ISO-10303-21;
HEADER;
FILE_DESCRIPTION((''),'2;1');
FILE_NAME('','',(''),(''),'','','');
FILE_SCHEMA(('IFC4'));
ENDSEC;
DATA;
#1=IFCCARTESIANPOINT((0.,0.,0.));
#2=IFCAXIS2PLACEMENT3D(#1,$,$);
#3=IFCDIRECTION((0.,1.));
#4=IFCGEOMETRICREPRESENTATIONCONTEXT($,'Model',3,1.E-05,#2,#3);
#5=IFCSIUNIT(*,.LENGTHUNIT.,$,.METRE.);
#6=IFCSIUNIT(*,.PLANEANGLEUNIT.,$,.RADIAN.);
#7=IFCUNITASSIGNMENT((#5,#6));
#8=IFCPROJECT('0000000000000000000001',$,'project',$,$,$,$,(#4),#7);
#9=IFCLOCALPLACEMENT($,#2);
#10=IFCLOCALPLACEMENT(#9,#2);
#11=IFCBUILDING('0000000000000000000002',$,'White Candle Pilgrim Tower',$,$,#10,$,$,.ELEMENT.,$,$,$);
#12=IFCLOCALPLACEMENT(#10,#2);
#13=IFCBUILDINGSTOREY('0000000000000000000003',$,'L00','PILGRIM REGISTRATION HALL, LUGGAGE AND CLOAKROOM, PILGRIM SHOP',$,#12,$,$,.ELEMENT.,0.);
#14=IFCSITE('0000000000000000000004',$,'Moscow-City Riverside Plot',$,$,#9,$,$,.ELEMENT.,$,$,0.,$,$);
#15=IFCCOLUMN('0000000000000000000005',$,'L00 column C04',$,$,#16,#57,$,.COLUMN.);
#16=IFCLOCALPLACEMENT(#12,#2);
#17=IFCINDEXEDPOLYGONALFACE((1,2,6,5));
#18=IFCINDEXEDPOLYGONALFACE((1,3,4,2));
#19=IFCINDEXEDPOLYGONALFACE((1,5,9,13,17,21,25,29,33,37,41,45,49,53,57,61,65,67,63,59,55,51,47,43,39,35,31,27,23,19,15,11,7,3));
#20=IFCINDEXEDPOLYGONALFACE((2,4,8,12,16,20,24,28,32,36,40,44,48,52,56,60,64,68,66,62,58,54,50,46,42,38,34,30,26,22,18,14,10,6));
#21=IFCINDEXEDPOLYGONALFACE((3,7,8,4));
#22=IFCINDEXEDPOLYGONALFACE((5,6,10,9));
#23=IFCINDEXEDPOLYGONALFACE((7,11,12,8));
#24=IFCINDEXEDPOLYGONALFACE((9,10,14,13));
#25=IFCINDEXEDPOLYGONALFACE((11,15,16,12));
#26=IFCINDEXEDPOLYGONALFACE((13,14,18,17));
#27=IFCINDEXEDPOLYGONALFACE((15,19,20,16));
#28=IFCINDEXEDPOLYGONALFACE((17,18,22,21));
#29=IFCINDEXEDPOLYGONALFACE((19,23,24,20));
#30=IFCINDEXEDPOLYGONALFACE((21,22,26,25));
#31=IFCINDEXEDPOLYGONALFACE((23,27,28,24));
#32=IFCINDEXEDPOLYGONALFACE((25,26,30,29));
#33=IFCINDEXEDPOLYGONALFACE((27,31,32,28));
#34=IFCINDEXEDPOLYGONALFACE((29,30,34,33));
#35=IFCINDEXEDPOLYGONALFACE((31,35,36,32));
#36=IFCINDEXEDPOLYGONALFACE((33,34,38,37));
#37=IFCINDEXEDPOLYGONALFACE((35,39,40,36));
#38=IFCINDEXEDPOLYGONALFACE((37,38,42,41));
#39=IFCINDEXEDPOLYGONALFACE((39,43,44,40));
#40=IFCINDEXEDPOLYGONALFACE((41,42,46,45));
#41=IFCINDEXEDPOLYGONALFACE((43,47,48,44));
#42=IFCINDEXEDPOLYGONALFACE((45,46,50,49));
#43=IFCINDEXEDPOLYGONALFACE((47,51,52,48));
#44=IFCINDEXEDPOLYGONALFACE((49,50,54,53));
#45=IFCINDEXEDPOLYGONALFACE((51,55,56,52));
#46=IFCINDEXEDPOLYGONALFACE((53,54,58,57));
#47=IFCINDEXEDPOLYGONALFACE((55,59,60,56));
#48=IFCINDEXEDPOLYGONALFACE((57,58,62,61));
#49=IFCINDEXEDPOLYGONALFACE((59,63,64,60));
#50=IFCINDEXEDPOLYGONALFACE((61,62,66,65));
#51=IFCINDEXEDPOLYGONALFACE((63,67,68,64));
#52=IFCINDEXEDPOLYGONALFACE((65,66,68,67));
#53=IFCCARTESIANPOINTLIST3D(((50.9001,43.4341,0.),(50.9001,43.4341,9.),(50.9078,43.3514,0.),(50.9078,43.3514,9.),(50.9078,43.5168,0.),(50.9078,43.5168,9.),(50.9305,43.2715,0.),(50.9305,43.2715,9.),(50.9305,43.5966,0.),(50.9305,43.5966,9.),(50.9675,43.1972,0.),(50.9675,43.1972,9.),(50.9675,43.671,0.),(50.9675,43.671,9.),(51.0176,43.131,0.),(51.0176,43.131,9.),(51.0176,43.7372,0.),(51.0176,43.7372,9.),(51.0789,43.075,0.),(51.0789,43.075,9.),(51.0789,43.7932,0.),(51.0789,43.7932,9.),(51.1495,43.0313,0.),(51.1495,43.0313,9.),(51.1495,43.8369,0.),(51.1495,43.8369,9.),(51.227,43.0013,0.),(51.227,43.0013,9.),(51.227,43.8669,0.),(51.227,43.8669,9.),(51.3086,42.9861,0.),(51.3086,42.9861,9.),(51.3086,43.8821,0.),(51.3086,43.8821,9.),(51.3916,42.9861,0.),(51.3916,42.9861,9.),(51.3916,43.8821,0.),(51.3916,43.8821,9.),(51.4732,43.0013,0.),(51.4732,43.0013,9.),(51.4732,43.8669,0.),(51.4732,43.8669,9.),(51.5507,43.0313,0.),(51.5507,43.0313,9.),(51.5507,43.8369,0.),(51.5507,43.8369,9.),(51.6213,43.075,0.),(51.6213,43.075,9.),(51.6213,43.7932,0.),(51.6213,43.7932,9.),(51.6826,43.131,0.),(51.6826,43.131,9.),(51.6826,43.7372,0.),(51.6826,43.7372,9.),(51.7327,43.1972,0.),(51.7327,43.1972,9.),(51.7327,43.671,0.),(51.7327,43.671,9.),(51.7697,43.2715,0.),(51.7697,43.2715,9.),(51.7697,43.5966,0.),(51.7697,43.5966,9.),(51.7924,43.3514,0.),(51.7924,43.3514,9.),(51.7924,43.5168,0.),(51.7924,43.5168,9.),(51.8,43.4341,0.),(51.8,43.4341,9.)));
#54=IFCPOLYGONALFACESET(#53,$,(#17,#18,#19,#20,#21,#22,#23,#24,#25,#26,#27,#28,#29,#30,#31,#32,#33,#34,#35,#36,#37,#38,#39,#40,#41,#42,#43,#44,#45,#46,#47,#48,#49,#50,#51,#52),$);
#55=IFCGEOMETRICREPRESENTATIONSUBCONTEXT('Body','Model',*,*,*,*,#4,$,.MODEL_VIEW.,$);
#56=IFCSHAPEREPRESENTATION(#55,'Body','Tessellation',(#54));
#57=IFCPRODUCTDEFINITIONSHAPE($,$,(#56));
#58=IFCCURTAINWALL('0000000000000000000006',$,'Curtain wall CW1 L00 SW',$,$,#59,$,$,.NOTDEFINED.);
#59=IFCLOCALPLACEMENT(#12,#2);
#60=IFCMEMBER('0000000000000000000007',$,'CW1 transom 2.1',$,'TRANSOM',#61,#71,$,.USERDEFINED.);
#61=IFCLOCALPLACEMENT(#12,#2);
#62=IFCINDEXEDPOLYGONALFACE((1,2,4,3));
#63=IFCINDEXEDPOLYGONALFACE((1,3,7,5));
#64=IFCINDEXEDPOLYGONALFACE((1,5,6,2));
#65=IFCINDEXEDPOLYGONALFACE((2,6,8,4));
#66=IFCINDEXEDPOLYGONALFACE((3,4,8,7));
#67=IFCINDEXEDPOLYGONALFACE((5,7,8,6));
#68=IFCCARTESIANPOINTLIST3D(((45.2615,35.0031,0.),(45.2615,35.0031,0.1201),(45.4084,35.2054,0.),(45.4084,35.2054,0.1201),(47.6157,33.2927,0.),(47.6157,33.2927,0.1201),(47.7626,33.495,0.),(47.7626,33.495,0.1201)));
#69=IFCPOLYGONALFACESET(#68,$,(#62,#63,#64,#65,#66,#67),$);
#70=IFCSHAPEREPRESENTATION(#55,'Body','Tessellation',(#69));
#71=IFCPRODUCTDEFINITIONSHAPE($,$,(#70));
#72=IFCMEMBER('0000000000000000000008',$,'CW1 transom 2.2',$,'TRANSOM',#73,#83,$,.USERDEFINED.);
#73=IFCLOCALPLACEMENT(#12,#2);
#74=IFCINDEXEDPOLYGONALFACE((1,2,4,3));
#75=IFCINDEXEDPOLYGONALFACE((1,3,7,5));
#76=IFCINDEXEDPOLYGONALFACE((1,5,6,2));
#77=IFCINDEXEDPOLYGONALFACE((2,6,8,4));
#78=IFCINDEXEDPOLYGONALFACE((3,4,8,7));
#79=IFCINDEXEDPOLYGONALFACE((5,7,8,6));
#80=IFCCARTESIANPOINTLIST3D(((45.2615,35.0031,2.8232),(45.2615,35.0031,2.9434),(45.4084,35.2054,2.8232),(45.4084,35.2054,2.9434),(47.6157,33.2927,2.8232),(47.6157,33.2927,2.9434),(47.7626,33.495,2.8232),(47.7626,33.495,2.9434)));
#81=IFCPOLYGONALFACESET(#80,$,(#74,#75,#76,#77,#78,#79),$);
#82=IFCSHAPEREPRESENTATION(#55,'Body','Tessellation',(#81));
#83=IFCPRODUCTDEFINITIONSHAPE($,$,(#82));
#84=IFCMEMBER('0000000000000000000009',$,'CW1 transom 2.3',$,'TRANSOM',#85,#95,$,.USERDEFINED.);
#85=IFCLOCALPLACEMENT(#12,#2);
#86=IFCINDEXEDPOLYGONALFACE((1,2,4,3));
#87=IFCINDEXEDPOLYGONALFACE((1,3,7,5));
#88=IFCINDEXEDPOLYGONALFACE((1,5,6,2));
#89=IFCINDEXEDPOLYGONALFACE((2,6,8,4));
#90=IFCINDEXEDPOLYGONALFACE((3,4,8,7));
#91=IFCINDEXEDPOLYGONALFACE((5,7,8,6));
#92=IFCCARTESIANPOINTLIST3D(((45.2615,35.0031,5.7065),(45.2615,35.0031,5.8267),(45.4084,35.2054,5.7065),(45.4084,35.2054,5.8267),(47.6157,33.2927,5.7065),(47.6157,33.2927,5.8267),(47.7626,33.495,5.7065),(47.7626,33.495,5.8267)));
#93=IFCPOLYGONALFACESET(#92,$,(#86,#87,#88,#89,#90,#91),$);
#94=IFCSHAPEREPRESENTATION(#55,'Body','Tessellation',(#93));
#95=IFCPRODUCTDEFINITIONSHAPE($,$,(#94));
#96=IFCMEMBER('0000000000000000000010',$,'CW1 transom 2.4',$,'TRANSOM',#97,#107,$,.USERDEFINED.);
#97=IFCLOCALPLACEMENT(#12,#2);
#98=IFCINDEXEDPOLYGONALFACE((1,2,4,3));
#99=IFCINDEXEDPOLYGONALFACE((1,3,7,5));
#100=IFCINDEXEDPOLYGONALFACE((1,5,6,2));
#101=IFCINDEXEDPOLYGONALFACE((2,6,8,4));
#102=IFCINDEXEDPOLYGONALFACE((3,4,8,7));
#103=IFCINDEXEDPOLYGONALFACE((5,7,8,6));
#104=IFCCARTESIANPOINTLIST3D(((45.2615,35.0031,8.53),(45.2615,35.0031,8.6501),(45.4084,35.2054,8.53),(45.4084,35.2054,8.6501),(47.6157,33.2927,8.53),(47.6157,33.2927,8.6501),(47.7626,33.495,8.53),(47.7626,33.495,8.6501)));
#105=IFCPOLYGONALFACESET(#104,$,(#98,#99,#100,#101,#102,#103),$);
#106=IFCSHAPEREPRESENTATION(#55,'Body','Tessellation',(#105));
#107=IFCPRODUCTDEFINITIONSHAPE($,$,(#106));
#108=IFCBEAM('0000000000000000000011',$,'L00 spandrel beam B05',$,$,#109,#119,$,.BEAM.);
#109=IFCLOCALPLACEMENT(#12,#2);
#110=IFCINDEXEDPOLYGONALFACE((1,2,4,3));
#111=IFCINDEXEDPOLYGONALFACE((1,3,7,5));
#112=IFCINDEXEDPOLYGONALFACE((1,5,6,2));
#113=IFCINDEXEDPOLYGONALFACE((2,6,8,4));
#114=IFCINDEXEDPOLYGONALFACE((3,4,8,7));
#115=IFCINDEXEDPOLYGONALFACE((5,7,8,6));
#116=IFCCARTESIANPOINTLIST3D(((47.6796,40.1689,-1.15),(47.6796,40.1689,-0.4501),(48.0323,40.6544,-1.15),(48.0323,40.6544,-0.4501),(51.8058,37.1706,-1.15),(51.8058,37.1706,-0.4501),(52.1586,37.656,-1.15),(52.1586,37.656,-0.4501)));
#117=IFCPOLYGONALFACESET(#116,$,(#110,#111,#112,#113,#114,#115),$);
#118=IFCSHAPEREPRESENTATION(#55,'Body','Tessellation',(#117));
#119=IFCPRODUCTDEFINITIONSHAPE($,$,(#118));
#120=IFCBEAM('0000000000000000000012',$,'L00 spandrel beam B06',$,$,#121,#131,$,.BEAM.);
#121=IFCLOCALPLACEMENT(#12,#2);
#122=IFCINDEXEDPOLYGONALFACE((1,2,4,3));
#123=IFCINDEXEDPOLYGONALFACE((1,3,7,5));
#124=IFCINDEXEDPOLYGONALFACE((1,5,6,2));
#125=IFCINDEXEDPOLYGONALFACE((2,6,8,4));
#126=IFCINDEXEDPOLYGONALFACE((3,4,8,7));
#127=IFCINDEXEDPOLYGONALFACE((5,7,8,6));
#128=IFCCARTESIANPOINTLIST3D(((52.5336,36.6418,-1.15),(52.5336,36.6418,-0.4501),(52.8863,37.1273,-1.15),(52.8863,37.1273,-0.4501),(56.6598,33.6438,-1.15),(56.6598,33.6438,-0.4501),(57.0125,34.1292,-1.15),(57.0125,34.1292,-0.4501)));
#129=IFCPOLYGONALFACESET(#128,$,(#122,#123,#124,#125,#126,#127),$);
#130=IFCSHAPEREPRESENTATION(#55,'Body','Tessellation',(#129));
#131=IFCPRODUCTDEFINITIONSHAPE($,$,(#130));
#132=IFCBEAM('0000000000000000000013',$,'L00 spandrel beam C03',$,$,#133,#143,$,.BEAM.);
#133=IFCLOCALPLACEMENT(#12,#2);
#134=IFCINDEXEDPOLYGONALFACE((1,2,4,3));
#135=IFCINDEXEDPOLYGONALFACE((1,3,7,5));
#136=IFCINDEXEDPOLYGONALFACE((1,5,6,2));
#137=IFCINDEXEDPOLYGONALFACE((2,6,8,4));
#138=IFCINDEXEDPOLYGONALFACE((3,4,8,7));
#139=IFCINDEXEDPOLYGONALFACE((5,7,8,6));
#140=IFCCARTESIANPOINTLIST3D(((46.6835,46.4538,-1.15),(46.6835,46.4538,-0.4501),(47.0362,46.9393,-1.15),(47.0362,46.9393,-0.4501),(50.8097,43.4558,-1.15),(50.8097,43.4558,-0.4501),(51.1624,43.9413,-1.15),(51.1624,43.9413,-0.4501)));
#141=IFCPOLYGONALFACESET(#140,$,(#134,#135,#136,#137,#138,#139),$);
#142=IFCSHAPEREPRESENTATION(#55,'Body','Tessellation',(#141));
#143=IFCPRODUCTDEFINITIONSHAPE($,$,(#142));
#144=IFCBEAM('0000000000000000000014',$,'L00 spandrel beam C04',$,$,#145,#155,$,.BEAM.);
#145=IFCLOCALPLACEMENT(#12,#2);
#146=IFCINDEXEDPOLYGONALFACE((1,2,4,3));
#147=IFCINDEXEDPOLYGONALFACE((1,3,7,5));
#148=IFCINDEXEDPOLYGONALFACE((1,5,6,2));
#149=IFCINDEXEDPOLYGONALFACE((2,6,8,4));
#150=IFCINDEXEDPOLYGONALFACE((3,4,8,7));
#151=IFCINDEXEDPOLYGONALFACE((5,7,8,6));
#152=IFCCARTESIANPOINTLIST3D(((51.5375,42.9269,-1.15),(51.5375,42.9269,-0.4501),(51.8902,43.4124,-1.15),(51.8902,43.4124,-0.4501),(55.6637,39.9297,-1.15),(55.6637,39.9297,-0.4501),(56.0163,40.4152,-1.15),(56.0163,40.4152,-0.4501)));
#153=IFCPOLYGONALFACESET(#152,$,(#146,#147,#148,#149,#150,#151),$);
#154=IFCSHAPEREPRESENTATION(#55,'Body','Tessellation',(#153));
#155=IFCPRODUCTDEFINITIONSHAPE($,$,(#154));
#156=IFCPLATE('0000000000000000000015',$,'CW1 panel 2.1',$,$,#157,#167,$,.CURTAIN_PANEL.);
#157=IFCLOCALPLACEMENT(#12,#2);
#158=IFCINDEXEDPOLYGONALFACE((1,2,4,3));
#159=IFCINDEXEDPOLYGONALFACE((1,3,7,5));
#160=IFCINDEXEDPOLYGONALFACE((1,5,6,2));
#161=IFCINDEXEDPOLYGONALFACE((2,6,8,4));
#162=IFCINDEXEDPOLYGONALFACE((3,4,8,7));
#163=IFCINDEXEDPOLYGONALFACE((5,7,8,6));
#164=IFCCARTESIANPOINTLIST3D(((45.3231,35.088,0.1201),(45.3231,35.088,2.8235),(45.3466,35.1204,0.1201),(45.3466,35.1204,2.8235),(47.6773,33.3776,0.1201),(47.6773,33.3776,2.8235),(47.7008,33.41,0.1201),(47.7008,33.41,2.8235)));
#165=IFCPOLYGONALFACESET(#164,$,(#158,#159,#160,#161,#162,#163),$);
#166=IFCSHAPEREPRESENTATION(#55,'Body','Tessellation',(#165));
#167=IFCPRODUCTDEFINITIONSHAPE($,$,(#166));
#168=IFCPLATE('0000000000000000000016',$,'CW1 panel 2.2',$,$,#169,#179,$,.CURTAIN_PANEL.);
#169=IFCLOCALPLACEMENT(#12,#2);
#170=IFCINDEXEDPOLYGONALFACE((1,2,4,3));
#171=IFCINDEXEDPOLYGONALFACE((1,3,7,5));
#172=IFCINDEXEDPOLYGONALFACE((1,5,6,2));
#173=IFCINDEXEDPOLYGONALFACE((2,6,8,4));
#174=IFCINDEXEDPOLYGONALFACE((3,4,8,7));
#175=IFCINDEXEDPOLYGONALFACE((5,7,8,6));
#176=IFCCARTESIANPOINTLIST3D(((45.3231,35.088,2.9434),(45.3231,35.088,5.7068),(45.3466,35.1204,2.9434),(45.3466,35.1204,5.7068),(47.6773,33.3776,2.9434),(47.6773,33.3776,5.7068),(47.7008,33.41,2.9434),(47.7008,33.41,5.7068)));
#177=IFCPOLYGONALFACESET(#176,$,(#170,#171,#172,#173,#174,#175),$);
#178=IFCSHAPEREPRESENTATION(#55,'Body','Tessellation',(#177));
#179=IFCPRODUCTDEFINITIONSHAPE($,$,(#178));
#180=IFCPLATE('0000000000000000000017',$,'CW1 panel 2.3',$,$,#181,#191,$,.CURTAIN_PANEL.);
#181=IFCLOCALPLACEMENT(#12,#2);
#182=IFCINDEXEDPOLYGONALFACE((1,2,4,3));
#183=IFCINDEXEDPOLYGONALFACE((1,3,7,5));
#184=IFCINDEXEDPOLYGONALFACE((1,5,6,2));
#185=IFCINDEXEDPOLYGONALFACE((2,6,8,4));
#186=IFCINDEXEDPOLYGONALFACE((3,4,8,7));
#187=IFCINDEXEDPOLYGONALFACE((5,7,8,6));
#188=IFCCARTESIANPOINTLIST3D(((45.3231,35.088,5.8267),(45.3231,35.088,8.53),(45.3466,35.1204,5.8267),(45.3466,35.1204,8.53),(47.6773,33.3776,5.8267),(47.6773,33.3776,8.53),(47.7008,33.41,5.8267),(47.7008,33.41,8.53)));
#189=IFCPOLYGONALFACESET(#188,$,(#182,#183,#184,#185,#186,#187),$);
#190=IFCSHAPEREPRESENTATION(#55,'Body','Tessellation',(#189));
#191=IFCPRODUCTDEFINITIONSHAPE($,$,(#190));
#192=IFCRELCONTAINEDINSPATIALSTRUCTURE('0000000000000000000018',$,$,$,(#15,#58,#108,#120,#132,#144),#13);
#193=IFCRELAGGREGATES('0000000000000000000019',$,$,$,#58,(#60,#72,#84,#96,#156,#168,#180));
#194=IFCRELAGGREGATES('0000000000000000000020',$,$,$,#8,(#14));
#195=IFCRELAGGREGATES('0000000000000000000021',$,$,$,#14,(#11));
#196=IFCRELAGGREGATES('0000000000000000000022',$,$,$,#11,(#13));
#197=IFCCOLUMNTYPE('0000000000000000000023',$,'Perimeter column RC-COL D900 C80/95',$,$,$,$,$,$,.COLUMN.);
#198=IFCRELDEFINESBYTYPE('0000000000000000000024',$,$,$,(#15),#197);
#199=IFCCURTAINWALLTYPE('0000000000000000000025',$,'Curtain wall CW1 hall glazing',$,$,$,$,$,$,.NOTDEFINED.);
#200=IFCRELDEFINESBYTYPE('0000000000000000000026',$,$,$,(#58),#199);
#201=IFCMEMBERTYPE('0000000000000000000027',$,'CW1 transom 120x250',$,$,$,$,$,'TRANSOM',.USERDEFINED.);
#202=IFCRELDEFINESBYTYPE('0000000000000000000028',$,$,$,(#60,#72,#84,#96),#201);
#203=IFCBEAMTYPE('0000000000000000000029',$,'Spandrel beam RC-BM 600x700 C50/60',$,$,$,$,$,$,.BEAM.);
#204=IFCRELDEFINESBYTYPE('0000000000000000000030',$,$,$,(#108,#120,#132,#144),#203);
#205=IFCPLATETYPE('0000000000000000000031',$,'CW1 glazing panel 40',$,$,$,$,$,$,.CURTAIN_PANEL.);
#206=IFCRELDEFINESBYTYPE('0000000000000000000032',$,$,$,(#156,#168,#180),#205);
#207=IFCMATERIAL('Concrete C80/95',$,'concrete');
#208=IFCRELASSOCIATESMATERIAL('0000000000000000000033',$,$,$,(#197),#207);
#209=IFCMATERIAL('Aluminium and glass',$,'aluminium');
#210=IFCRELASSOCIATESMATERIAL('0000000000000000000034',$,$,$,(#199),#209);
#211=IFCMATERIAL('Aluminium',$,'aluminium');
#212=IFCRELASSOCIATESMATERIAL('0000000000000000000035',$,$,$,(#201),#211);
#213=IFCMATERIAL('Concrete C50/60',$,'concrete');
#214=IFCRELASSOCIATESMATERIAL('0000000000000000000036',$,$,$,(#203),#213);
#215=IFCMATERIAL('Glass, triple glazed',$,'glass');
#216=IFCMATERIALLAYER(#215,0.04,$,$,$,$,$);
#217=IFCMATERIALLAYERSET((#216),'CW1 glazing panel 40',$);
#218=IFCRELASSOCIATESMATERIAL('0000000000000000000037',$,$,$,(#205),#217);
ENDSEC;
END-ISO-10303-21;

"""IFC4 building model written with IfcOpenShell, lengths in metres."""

from ifc_helpers import new_model, si_unit, direction, frame, origin, origin_2d, place, context, subcontext, project, spatial, rectangle, circle, extrude, material, layer, layer_set, material_profile, profile_set, type_object, element, aggregate, save


model = new_model("IFC4")

# Units and contexts
model_context = context("Model", 3, precision=1e-05, world=origin(), true_north=direction((0.0, 1.0)))
body_context = subcontext(model_context, "Body", "Model", "MODEL_VIEW")
ifc_project = project(units=[si_unit("LENGTHUNIT", "METRE"), si_unit("PLANEANGLEUNIT", "RADIAN")], contexts=[model_context])

# Site, building, storey
site_placement = place(None, origin())
site = spatial("IfcSite", under=ifc_project, at=site_placement, Name="Moscow-City Riverside Plot", CompositionType="ELEMENT", RefElevation=0.0)
building_placement = place(site_placement, origin())
building = spatial("IfcBuilding", under=site, at=building_placement, Name="White Candle Pilgrim Tower", CompositionType="ELEMENT")
storey_placement = place(building_placement, origin())
storey = spatial("IfcBuildingStorey", under=building, at=storey_placement, Name="L00", Description="PILGRIM REGISTRATION HALL, LUGGAGE AND CLOAKROOM, PILGRIM SHOP", CompositionType="ELEMENT", Elevation=0.0)

# Column
ifc_material_1 = material(Name="Concrete C80/95", Category="concrete")
ifc_material_profile_1 = material_profile(ifc_material_1, circle(Radius=0.45, at=origin_2d()), Name="RC-COL D900")
ifc_profile_set_1 = profile_set([ifc_material_profile_1], Name="Concrete C80/95")
column_type = type_object("IfcColumnType", Name="Perimeter column RC-COL D900 C80/95", PredefinedType="COLUMN", material=ifc_profile_set_1)
for number, where, z_axis, x_axis, name in (
    (1, (51.3501, 43.4341, 0.0), (0.0, 0.0, 1.0), (1.0, 0.0, 0.0), "L00 column C04"),
):
    element("IfcColumn", number, at=place(storey_placement, frame(where, z_axis=z_axis, x_axis=x_axis)), inside=storey, type_object=column_type, Name=name, PredefinedType="COLUMN", context=body_context, shape_type="SweptSolid", body=[
        extrude(circle(Radius=0.45, at=origin_2d()), origin(), (0.0, 0.0, 1.0), 9.0),
    ])

# Curtain wall, members
ifc_material_2 = material(Name="Aluminium and glass", Category="aluminium")
curtain_wall_type = type_object("IfcCurtainWallType", Name="Curtain wall CW1 hall glazing", PredefinedType="NOTDEFINED", material=ifc_material_2)
curtain_wall_placement = place(storey_placement, origin())
curtain_wall = element("IfcCurtainWall", 2, at=curtain_wall_placement, inside=storey, type_object=curtain_wall_type, Name="Curtain wall CW1 L00 SW", PredefinedType="NOTDEFINED")
ifc_material_3 = material(Name="Aluminium", Category="aluminium")
ifc_material_profile_2 = material_profile(ifc_material_3, rectangle(XDim=0.25, YDim=0.1201, at=origin_2d()), Name="CW1 transom 120x250")
ifc_profile_set_2 = profile_set([ifc_material_profile_2], Name="Aluminium")
member_type = type_object("IfcMemberType", Name="CW1 transom 120x250", ElementType="TRANSOM", PredefinedType="USERDEFINED", material=ifc_profile_set_2)
member_1_placement = place(storey_placement, frame((45.335, 35.1042, 0.0601), z_axis=(0.809019, -0.587783, 0.0), x_axis=(0.587783, 0.809019, 0.0)))
member_1 = element("IfcMember", 3, at=member_1_placement, type_object=member_type, Name="CW1 transom 2.1", ObjectType="TRANSOM", PredefinedType="USERDEFINED", context=body_context, shape_type="SweptSolid", body=[
    extrude(rectangle(XDim=0.25, YDim=0.1201, at=origin_2d()), origin(), (0.0, 0.0, 1.0), 2.9099),
])
member_2_placement = place(storey_placement, frame((45.335, 35.1042, 2.8833), z_axis=(0.809019, -0.587783, 0.0), x_axis=(0.587783, 0.809019, 0.0)))
member_2 = element("IfcMember", 4, at=member_2_placement, type_object=member_type, Name="CW1 transom 2.2", ObjectType="TRANSOM", PredefinedType="USERDEFINED", context=body_context, shape_type="SweptSolid", body=[
    extrude(rectangle(XDim=0.25, YDim=0.1201, at=origin_2d()), origin(), (0.0, 0.0, 1.0), 2.9099),
])
member_3_placement = place(storey_placement, frame((45.335, 35.1042, 5.7666), z_axis=(0.809019, -0.587783, 0.0), x_axis=(0.587783, 0.809019, 0.0)))
member_3 = element("IfcMember", 5, at=member_3_placement, type_object=member_type, Name="CW1 transom 2.3", ObjectType="TRANSOM", PredefinedType="USERDEFINED", context=body_context, shape_type="SweptSolid", body=[
    extrude(rectangle(XDim=0.25, YDim=0.1201, at=origin_2d()), origin(), (0.0, 0.0, 1.0), 2.9099),
])
member_4_placement = place(storey_placement, frame((45.335, 35.1042, 8.5901), z_axis=(0.809019, -0.587783, 0.0), x_axis=(0.587783, 0.809019, 0.0)))
member_4 = element("IfcMember", 6, at=member_4_placement, type_object=member_type, Name="CW1 transom 2.4", ObjectType="TRANSOM", PredefinedType="USERDEFINED", context=body_context, shape_type="SweptSolid", body=[
    extrude(rectangle(XDim=0.25, YDim=0.1201, at=origin_2d()), origin(), (0.0, 0.0, 1.0), 2.9099),
])

# Beams
ifc_material_4 = material(Name="Concrete C50/60", Category="concrete")
ifc_material_profile_3 = material_profile(ifc_material_4, rectangle(XDim=0.6001, YDim=0.7, at=origin_2d()), Name="RC-BM 600x700")
ifc_profile_set_3 = profile_set([ifc_material_profile_3], Name="Concrete C50/60")
beam_type = type_object("IfcBeamType", Name="Spandrel beam RC-BM 600x700 C50/60", PredefinedType="BEAM", material=ifc_profile_set_3)
beam_1_placement = place(storey_placement, frame((47.856, 40.4116, -0.8), z_axis=(0.808978, -0.587839, 0.0), x_axis=(0.587839, 0.808978, 0.0)))
element("IfcBeam", 7, at=beam_1_placement, inside=storey, type_object=beam_type, Name="L00 spandrel beam B05", PredefinedType="BEAM", context=body_context, shape_type="SweptSolid", body=[
    extrude(rectangle(XDim=0.6001, YDim=0.7, at=origin_2d()), origin(), (0.0, 0.0, 1.0), 5.1006),
])
for number, where, z_axis, x_axis, name in (
    (8, (52.71, 36.8845, -0.8), (0.809001, -0.587807, 0.0), (0.587807, 0.809001, 0.0), "L00 spandrel beam B06"),
    (9, (46.8599, 46.6965, -0.8), (0.809001, -0.587807, 0.0), (0.587807, 0.809001, 0.0), "L00 spandrel beam C03"),
):
    element("IfcBeam", number, at=place(storey_placement, frame(where, z_axis=z_axis, x_axis=x_axis)), inside=storey, type_object=beam_type, Name=name, PredefinedType="BEAM", context=body_context, shape_type="SweptSolid", body=[
        extrude(rectangle(XDim=0.6001, YDim=0.7, at=origin_2d()), origin(), (0.0, 0.0, 1.0), 5.1003),
    ])
beam_2_placement = place(storey_placement, frame((51.7139, 43.1697, -0.8), z_axis=(0.809069, -0.587713, 0.0), x_axis=(0.587713, 0.809069, 0.0)))
element("IfcBeam", 10, at=beam_2_placement, inside=storey, type_object=beam_type, Name="L00 spandrel beam C04", PredefinedType="BEAM", context=body_context, shape_type="SweptSolid", body=[
    extrude(rectangle(XDim=0.6001, YDim=0.7, at=origin_2d()), origin(), (0.0, 0.0, 1.0), 5.0999),
])

# Plates
ifc_material_5 = material(Name="Glass, triple glazed", Category="glass")
ifc_layer_1 = layer(ifc_material_5, 0.04)
ifc_layer_set_1 = layer_set([ifc_layer_1], Name="CW1 glazing panel 40")
plate_type = type_object("IfcPlateType", Name="CW1 glazing panel 40", PredefinedType="CURTAIN_PANEL", material=ifc_layer_set_1)
plate_1_placement = place(storey_placement, frame((46.512, 34.249, 0.1201), z_axis=(0.0, 0.0, 1.0), x_axis=(0.809017, -0.587785, 0.0)))
plate_1 = element("IfcPlate", 11, at=plate_1_placement, type_object=plate_type, Name="CW1 panel 2.1", PredefinedType="CURTAIN_PANEL", context=body_context, shape_type="SweptSolid", body=[
    extrude(rectangle(XDim=2.9099, YDim=0.04, at=origin_2d()), origin(), (0.0, 0.0, 1.0), 2.7034),
])
plate_2_placement = place(storey_placement, frame((46.512, 34.249, 2.9434), z_axis=(0.0, 0.0, 1.0), x_axis=(0.809017, -0.587785, 0.0)))
plate_2 = element("IfcPlate", 12, at=plate_2_placement, type_object=plate_type, Name="CW1 panel 2.2", PredefinedType="CURTAIN_PANEL", context=body_context, shape_type="SweptSolid", body=[
    extrude(rectangle(XDim=2.9099, YDim=0.04, at=origin_2d()), origin(), (0.0, 0.0, 1.0), 2.7634),
])
plate_3_placement = place(storey_placement, frame((46.512, 34.249, 5.8267), z_axis=(0.0, 0.0, 1.0), x_axis=(0.809017, -0.587785, 0.0)))
plate_3 = element("IfcPlate", 13, at=plate_3_placement, type_object=plate_type, Name="CW1 panel 2.3", PredefinedType="CURTAIN_PANEL", context=body_context, shape_type="SweptSolid", body=[
    extrude(rectangle(XDim=2.9099, YDim=0.04, at=origin_2d()), origin(), (0.0, 0.0, 1.0), 2.7034),
])
aggregate(curtain_wall, [member_1, member_2, member_3, member_4, plate_1, plate_2, plate_3])

save(model, "model.ifc")
